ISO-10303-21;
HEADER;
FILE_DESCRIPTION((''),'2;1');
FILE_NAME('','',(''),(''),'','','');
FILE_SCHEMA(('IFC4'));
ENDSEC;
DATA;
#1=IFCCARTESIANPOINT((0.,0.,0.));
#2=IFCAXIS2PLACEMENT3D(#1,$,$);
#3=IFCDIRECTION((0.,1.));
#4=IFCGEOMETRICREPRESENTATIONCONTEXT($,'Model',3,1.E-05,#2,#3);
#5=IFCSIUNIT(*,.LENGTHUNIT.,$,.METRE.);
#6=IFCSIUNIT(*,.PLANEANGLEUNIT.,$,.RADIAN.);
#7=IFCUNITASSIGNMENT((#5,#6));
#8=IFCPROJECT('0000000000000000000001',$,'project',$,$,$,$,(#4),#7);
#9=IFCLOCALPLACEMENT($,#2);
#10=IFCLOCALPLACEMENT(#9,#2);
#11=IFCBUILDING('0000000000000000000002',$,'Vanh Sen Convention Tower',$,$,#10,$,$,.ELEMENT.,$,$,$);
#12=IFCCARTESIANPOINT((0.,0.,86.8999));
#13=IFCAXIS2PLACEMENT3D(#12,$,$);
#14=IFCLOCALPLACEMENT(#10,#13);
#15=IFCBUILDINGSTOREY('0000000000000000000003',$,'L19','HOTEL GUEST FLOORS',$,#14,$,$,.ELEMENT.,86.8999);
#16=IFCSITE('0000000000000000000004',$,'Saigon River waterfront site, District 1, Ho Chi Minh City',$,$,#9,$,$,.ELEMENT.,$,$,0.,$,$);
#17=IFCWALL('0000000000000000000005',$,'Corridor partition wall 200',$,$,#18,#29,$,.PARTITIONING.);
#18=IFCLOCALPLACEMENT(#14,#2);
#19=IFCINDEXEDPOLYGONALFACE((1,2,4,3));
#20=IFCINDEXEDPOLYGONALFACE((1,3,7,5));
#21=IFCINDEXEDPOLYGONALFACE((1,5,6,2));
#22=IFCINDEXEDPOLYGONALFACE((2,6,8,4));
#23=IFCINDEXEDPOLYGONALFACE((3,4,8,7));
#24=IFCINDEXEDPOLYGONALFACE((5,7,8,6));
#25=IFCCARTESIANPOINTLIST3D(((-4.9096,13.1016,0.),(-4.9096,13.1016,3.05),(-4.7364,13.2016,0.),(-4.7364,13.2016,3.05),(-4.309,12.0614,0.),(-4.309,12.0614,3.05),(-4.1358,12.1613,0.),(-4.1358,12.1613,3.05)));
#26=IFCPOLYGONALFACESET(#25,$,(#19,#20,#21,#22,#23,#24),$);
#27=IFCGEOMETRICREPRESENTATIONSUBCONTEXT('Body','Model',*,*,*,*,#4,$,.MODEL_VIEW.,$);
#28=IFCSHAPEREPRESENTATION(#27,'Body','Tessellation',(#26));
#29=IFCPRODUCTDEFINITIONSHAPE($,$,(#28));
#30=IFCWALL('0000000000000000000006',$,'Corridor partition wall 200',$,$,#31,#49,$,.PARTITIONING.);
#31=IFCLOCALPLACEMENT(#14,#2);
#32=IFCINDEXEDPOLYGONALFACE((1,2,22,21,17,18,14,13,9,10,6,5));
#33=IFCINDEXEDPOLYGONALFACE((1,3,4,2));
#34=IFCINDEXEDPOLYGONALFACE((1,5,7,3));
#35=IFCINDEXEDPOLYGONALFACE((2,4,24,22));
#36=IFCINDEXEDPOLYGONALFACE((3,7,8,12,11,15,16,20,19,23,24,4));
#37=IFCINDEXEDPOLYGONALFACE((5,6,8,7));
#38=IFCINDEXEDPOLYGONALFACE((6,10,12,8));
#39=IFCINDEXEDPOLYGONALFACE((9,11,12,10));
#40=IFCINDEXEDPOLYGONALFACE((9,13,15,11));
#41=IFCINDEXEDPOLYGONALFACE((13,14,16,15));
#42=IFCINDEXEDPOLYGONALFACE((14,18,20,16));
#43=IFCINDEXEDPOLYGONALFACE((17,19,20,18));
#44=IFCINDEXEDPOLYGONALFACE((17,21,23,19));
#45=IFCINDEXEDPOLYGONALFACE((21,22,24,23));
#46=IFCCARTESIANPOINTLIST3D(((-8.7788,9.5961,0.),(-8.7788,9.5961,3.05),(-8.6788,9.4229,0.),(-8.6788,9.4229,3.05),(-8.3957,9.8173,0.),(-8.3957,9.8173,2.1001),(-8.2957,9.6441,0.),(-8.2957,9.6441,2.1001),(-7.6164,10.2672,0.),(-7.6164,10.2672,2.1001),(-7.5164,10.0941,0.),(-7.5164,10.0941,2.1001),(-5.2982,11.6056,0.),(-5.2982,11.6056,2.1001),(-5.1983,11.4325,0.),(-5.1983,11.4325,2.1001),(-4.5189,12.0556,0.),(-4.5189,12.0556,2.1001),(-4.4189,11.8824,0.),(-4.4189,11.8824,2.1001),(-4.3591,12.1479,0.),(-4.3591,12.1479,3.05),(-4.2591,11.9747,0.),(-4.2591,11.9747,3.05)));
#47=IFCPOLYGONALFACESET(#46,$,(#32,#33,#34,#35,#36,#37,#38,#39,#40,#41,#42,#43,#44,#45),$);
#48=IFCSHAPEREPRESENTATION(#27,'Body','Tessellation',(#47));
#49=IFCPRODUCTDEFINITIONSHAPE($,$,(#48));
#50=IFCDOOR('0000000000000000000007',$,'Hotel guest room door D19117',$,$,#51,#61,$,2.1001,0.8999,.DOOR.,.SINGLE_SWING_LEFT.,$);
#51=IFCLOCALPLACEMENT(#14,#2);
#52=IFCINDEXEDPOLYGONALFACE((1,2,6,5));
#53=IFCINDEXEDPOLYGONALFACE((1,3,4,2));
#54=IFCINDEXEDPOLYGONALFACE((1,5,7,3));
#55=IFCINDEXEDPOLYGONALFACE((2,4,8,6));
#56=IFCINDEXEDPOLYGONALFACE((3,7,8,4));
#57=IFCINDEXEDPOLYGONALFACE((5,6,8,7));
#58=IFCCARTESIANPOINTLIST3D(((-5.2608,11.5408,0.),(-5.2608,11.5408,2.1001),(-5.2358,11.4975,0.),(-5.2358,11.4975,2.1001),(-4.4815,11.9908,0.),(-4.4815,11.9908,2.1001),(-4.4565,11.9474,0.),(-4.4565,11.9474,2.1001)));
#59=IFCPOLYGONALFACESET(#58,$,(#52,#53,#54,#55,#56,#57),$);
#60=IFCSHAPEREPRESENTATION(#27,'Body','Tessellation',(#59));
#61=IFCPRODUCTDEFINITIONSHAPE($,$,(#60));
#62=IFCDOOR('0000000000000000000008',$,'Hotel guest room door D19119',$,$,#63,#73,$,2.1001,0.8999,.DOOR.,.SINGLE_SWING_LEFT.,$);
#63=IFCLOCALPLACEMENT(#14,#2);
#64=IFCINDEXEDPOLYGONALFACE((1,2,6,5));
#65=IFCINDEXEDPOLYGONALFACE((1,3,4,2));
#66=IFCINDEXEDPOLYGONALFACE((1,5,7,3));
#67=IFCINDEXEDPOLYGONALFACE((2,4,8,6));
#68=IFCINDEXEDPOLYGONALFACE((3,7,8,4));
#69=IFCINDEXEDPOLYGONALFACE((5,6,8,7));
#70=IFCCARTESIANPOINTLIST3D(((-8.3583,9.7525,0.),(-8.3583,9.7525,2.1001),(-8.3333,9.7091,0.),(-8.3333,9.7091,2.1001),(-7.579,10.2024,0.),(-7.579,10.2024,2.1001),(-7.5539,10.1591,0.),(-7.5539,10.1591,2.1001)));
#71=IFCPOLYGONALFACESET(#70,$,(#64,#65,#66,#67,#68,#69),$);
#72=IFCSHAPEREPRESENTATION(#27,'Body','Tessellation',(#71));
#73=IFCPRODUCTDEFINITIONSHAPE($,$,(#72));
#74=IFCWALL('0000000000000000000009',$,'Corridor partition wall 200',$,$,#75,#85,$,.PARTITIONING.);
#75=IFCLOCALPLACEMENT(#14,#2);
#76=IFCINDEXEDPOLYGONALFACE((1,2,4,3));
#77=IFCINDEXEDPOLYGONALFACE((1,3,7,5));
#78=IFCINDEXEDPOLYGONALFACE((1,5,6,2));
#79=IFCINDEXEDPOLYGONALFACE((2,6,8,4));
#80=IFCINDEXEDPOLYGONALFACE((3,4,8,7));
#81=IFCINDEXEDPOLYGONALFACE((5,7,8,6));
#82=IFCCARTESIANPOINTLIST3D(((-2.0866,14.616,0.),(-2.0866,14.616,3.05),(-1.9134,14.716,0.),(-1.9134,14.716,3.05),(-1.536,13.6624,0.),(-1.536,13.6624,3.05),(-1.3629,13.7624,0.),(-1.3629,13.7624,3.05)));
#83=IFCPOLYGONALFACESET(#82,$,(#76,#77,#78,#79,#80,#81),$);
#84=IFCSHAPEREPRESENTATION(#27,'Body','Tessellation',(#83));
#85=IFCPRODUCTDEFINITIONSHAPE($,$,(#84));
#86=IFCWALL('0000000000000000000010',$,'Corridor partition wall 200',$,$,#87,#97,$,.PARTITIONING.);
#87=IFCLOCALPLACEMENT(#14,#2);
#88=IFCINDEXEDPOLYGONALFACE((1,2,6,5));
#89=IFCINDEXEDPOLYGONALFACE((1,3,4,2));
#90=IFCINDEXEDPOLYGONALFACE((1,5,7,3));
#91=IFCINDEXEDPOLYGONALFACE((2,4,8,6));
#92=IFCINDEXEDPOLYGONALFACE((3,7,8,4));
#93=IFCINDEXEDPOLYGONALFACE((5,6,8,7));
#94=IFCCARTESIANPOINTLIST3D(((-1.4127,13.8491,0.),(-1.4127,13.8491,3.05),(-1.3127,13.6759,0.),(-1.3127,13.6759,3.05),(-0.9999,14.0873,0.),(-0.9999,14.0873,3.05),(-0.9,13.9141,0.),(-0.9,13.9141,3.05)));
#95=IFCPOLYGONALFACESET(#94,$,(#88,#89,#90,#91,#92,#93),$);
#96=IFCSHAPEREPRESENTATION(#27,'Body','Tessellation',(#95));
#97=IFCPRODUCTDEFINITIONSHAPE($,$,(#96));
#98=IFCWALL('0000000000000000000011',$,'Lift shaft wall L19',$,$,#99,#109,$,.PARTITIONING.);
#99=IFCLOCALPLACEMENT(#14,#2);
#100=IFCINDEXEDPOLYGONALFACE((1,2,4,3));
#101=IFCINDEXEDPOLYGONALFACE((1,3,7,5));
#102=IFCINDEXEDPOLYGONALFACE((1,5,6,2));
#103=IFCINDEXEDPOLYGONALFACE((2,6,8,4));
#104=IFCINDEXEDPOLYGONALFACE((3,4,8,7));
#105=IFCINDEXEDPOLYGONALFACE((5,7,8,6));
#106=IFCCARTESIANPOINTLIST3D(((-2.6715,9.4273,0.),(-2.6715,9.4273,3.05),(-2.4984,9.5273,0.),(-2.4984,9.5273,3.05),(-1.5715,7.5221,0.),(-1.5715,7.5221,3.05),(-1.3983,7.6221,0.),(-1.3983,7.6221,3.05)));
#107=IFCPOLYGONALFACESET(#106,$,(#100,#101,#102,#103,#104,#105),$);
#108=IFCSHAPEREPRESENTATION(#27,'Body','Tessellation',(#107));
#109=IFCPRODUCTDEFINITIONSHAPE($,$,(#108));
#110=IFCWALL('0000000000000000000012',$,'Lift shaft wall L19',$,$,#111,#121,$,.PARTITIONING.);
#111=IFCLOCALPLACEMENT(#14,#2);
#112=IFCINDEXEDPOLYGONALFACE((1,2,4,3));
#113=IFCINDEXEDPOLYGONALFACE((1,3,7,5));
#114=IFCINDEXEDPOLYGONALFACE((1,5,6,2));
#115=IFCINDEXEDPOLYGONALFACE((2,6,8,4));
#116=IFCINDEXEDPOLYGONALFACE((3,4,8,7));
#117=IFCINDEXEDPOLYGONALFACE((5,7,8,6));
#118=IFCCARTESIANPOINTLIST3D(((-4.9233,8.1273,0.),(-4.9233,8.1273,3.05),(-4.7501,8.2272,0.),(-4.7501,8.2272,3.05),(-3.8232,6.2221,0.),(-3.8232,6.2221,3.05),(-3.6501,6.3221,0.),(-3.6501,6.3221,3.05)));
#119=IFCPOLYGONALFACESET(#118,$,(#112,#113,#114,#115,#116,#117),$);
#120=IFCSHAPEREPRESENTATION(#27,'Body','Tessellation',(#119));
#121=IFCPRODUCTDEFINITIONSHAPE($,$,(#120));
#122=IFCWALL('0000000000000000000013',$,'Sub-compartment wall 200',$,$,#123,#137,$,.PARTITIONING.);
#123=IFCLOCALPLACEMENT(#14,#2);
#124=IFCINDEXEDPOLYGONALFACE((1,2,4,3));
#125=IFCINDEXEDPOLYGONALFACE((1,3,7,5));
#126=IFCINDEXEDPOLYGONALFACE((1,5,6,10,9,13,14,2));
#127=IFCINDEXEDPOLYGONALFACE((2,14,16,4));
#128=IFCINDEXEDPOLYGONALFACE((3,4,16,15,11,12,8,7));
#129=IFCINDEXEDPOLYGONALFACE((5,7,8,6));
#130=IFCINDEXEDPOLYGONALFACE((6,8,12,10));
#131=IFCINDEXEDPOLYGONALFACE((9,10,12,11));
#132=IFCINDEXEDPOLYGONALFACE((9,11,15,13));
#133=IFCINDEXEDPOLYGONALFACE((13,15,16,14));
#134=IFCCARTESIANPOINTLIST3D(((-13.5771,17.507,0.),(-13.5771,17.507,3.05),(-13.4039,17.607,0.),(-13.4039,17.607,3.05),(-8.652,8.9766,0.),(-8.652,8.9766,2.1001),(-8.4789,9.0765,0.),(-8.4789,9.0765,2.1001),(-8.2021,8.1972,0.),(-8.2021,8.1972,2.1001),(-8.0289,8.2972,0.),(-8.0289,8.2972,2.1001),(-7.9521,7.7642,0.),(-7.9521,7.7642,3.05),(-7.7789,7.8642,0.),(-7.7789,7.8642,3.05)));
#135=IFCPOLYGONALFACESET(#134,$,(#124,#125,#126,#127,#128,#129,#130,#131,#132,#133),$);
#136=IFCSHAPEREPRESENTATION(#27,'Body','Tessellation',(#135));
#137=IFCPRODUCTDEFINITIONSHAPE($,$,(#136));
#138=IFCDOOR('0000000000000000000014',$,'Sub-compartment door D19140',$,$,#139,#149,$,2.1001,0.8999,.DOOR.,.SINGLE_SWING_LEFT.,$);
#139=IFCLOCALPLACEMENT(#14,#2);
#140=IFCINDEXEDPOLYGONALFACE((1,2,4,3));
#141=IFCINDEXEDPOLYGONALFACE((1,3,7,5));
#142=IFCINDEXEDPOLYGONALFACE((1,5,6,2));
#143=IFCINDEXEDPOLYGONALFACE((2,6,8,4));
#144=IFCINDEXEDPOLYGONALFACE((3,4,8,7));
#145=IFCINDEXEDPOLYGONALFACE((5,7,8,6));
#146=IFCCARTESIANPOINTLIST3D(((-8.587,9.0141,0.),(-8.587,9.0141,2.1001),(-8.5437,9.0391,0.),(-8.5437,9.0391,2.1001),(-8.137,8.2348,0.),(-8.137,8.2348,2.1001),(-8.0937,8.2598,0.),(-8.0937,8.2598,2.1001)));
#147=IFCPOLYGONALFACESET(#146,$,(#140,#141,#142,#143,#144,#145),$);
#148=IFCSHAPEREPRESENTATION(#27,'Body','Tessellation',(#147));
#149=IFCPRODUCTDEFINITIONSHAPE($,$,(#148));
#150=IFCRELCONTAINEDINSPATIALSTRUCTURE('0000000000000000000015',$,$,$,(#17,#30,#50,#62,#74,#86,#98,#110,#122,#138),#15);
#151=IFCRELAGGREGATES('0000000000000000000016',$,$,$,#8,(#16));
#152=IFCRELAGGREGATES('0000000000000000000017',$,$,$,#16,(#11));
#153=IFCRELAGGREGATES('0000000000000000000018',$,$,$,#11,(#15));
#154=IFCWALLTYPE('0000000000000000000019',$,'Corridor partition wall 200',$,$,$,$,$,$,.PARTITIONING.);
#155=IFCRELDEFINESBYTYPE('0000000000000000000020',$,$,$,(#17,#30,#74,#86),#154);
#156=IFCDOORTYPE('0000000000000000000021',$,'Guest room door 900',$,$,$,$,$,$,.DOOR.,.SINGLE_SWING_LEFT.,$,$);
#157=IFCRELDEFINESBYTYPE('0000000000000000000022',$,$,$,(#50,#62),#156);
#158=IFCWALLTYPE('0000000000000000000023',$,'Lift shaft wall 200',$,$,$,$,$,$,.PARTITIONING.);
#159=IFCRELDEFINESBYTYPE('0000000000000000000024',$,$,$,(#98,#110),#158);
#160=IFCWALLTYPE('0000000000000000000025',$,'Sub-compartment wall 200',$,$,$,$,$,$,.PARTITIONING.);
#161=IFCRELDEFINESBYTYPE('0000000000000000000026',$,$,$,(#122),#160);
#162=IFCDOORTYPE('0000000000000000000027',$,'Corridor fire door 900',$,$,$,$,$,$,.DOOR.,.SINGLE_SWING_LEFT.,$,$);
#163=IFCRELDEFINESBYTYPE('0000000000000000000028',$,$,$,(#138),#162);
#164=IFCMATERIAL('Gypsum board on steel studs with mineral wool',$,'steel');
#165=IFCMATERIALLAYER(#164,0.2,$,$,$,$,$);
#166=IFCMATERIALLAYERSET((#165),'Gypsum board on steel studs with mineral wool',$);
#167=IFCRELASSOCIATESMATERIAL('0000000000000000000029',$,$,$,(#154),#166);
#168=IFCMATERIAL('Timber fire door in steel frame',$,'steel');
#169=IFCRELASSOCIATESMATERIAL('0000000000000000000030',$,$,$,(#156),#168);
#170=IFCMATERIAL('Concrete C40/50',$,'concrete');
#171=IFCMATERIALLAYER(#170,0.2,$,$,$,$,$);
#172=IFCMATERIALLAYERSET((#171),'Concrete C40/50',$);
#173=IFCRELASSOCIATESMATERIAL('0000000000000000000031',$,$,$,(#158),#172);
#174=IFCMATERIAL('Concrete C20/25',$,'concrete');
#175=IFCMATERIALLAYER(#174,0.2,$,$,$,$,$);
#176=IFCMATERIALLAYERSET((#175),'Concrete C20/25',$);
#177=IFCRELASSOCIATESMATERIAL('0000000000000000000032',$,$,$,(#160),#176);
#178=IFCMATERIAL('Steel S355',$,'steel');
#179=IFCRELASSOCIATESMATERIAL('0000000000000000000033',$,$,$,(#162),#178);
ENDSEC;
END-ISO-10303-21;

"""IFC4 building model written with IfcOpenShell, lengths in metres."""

from ifc_helpers import new_model, si_unit, direction, frame, frame_2d, origin, place, context, subcontext, project, spatial, rectangle, extrude, material, layer, layer_set, type_object, element, fill, save


model = new_model("IFC4")

# Units and contexts
model_context = context("Model", 3, precision=1e-05, world=origin(), true_north=direction((0.0, 1.0)))
body_context = subcontext(model_context, "Body", "Model", "MODEL_VIEW")
ifc_project = project(units=[si_unit("LENGTHUNIT", "METRE"), si_unit("PLANEANGLEUNIT", "RADIAN")], contexts=[model_context])

# Site, building, storey
site_placement = place(None, origin())
site = spatial("IfcSite", under=ifc_project, at=site_placement, Name="Saigon River waterfront site, District 1, Ho Chi Minh City", CompositionType="ELEMENT", RefElevation=0.0)
building_placement = place(site_placement, origin())
building = spatial("IfcBuilding", under=site, at=building_placement, Name="Vanh Sen Convention Tower", CompositionType="ELEMENT")
storey_placement = place(building_placement, frame((0.0, 0.0, 86.8999)))
storey = spatial("IfcBuildingStorey", under=building, at=storey_placement, Name="L19", Description="HOTEL GUEST FLOORS", CompositionType="ELEMENT", Elevation=86.8999)

# Shared definitions
ifc_material_1 = material(Name="Gypsum board on steel studs with mineral wool", Category="steel")
ifc_layer_1 = layer(ifc_material_1, 0.2)
ifc_layer_set_1 = layer_set([ifc_layer_1], Name="Gypsum board on steel studs with mineral wool")
wall_type_1 = type_object("IfcWallType", Name="Corridor partition wall 200", PredefinedType="PARTITIONING", material=ifc_layer_set_1)
ifc_material_2 = material(Name="Timber fire door in steel frame", Category="steel")
door_type_1 = type_object("IfcDoorType", Name="Guest room door 900", OperationType="SINGLE_SWING_LEFT", PredefinedType="DOOR", material=ifc_material_2)

# Wall
wall_1_placement = place(storey_placement, frame((-4.823, 13.1516, 0.0), z_axis=(0.0, 0.0, 1.0), x_axis=(0.499986, -0.866033, 0.0)))
element("IfcWall", 1, at=wall_1_placement, inside=storey, type_object=wall_type_1, Name="Corridor partition wall 200", PredefinedType="PARTITIONING", context=body_context, shape_type="SweptSolid", body=[
    extrude(rectangle(XDim=1.2012, YDim=0.2, at=frame_2d((0.6006, 0.0))), origin(), (0.0, 0.0, 1.0), 3.05),
])

# Wall, openings, doors
wall_2_placement = place(storey_placement, frame((-4.3091, 12.0613, 0.0), z_axis=(0.0, 0.0, 1.0), x_axis=(-0.866021, -0.500008, 0.0)))
wall_2 = element("IfcWall", 2, at=wall_2_placement, inside=storey, type_object=wall_type_1, Name="Corridor partition wall 200", PredefinedType="PARTITIONING", context=body_context, shape_type="SweptSolid", body=[
    extrude(rectangle(XDim=5.1035, YDim=0.2, at=frame_2d((2.5518, 0.0))), origin(), (0.0, 0.0, 1.0), 3.05),
])
opening_1_placement = place(wall_2_placement, frame((0.1846, 0.0, 0.0)))
opening_1 = element("IfcOpeningElement", 3, at=opening_1_placement, cuts=wall_2, PredefinedType="OPENING", context=body_context, shape_type="SweptSolid", body=[
    extrude(rectangle(XDim=0.8999, YDim=2.1001, at=frame_2d((0.45, 1.05))), frame((0.0, 0.1099, 0.0), z_axis=(0.0, -1.0, 0.0), x_axis=(1.0, 0.0, 0.0)), (0.0, 0.0, 1.0), 0.22),
])
opening_2_placement = place(wall_2_placement, frame((3.7612, 0.0, 0.0)))
opening_2 = element("IfcOpeningElement", 4, at=opening_2_placement, cuts=wall_2, PredefinedType="OPENING", context=body_context, shape_type="SweptSolid", body=[
    extrude(rectangle(XDim=0.8999, YDim=2.1001, at=frame_2d((0.45, 1.05))), frame((0.0, 0.1099, 0.0), z_axis=(0.0, -1.0, 0.0), x_axis=(1.0, 0.0, 0.0)), (0.0, 0.0, 1.0), 0.22),
])
door_1_placement = place(opening_1_placement, origin())
door_1 = element("IfcDoor", 5, at=door_1_placement, inside=storey, type_object=door_type_1, Name="Hotel guest room door D19117", OperationType="SINGLE_SWING_LEFT", OverallHeight=2.1001, OverallWidth=0.8999, PredefinedType="DOOR", context=body_context, shape_type="SweptSolid", body=[
    extrude(rectangle(XDim=0.8999, YDim=2.1001, at=frame_2d((0.45, 1.05))), frame((0.0, 0.0249, 0.0), z_axis=(0.0, -1.0, 0.0), x_axis=(1.0, 0.0, 0.0)), (0.0, 0.0, 1.0), 0.05),
])
fill(opening_1, door_1)
door_2_placement = place(opening_2_placement, origin())
door_2 = element("IfcDoor", 6, at=door_2_placement, inside=storey, type_object=door_type_1, Name="Hotel guest room door D19119", OperationType="SINGLE_SWING_LEFT", OverallHeight=2.1001, OverallWidth=0.8999, PredefinedType="DOOR", context=body_context, shape_type="SweptSolid", body=[
    extrude(rectangle(XDim=0.8999, YDim=2.1001, at=frame_2d((0.45, 1.05))), frame((0.0, 0.0249, 0.0), z_axis=(0.0, -1.0, 0.0), x_axis=(1.0, 0.0, 0.0)), (0.0, 0.0, 1.0), 0.05),
])
fill(opening_2, door_2)

# Walls
wall_3_placement = place(storey_placement, frame((-1.4495, 13.7124, 0.0), z_axis=(0.0, 0.0, 1.0), x_axis=(-0.499978, 0.866038, 0.0)))
element("IfcWall", 7, at=wall_3_placement, inside=storey, type_object=wall_type_1, Name="Corridor partition wall 200", PredefinedType="PARTITIONING", context=body_context, shape_type="SweptSolid", body=[
    extrude(rectangle(XDim=1.1011, YDim=0.2, at=frame_2d((0.5505, 0.0))), origin(), (0.0, 0.0, 1.0), 3.05),
])
wall_4_placement = place(storey_placement, frame((-0.95, 14.0007, 0.0), z_axis=(0.0, 0.0, 1.0), x_axis=(-0.866092, -0.499885, 0.0)))
element("IfcWall", 8, at=wall_4_placement, inside=storey, type_object=wall_type_1, Name="Corridor partition wall 200", PredefinedType="PARTITIONING", context=body_context, shape_type="SweptSolid", body=[
    extrude(rectangle(XDim=0.4766, YDim=0.2, at=frame_2d((0.2383, 0.0))), origin(), (0.0, 0.0, 1.0), 3.05),
])
ifc_material_3 = material(Name="Concrete C40/50", Category="concrete")
ifc_layer_2 = layer(ifc_material_3, 0.2)
ifc_layer_set_2 = layer_set([ifc_layer_2], Name="Concrete C40/50")
wall_type_2 = type_object("IfcWallType", Name="Lift shaft wall 200", PredefinedType="PARTITIONING", material=ifc_layer_set_2)
for number, where, z_axis, x_axis, name in (
    (9, (-1.4849, 7.572, 0.0), (0.0, 0.0, 1.0), (-0.50003, 0.866008, 0.0), "Lift shaft wall L19"),
    (10, (-3.7366, 6.272, 0.0), (0.0, 0.0, 1.0), (-0.50003, 0.866008, 0.0), "Lift shaft wall L19"),
):
    element("IfcWall", number, at=place(storey_placement, frame(where, z_axis=z_axis, x_axis=x_axis)), inside=storey, type_object=wall_type_2, Name=name, PredefinedType="PARTITIONING", context=body_context, shape_type="SweptSolid", body=[
        extrude(rectangle(XDim=2.2, YDim=0.2, at=frame_2d((1.1001, 0.0))), origin(), (0.0, 0.0, 1.0), 3.05),
    ])

# Wall, opening, door
ifc_material_4 = material(Name="Concrete C20/25", Category="concrete")
ifc_layer_3 = layer(ifc_material_4, 0.2)
ifc_layer_set_3 = layer_set([ifc_layer_3], Name="Concrete C20/25")
wall_type_3 = type_object("IfcWallType", Name="Sub-compartment wall 200", PredefinedType="PARTITIONING", material=ifc_layer_set_3)
wall_5_placement = place(storey_placement, frame((-7.8655, 7.8142, 0.0), z_axis=(0.0, 0.0, 1.0), x_axis=(-0.500004, 0.866023, 0.0)))
wall_5 = element("IfcWall", 11, at=wall_5_placement, inside=storey, type_object=wall_type_3, Name="Sub-compartment wall 200", PredefinedType="PARTITIONING", context=body_context, shape_type="SweptSolid", body=[
    extrude(rectangle(XDim=11.25, YDim=0.2, at=frame_2d((5.625, 0.0))), origin(), (0.0, 0.0, 1.0), 3.05),
])
opening_3_placement = place(wall_5_placement, frame((0.5, 0.0, 0.0)))
opening_3 = element("IfcOpeningElement", 12, at=opening_3_placement, cuts=wall_5, PredefinedType="OPENING", context=body_context, shape_type="SweptSolid", body=[
    extrude(rectangle(XDim=0.8999, YDim=2.1001, at=frame_2d((0.45, 1.05))), frame((0.0, 0.1099, 0.0), z_axis=(0.0, -1.0, 0.0), x_axis=(1.0, 0.0, 0.0)), (0.0, 0.0, 1.0), 0.22),
])
ifc_material_5 = material(Name="Steel S355", Category="steel")
door_type_2 = type_object("IfcDoorType", Name="Corridor fire door 900", OperationType="SINGLE_SWING_LEFT", PredefinedType="DOOR", material=ifc_material_5)
door_3_placement = place(opening_3_placement, origin())
door_3 = element("IfcDoor", 13, at=door_3_placement, inside=storey, type_object=door_type_2, Name="Sub-compartment door D19140", OperationType="SINGLE_SWING_LEFT", OverallHeight=2.1001, OverallWidth=0.8999, PredefinedType="DOOR", context=body_context, shape_type="SweptSolid", body=[
    extrude(rectangle(XDim=0.8999, YDim=2.1001, at=frame_2d((0.45, 1.05))), frame((0.0, 0.0249, 0.0), z_axis=(0.0, -1.0, 0.0), x_axis=(1.0, 0.0, 0.0)), (0.0, 0.0, 1.0), 0.05),
])
fill(opening_3, door_3)

save(model, "model.ifc")
